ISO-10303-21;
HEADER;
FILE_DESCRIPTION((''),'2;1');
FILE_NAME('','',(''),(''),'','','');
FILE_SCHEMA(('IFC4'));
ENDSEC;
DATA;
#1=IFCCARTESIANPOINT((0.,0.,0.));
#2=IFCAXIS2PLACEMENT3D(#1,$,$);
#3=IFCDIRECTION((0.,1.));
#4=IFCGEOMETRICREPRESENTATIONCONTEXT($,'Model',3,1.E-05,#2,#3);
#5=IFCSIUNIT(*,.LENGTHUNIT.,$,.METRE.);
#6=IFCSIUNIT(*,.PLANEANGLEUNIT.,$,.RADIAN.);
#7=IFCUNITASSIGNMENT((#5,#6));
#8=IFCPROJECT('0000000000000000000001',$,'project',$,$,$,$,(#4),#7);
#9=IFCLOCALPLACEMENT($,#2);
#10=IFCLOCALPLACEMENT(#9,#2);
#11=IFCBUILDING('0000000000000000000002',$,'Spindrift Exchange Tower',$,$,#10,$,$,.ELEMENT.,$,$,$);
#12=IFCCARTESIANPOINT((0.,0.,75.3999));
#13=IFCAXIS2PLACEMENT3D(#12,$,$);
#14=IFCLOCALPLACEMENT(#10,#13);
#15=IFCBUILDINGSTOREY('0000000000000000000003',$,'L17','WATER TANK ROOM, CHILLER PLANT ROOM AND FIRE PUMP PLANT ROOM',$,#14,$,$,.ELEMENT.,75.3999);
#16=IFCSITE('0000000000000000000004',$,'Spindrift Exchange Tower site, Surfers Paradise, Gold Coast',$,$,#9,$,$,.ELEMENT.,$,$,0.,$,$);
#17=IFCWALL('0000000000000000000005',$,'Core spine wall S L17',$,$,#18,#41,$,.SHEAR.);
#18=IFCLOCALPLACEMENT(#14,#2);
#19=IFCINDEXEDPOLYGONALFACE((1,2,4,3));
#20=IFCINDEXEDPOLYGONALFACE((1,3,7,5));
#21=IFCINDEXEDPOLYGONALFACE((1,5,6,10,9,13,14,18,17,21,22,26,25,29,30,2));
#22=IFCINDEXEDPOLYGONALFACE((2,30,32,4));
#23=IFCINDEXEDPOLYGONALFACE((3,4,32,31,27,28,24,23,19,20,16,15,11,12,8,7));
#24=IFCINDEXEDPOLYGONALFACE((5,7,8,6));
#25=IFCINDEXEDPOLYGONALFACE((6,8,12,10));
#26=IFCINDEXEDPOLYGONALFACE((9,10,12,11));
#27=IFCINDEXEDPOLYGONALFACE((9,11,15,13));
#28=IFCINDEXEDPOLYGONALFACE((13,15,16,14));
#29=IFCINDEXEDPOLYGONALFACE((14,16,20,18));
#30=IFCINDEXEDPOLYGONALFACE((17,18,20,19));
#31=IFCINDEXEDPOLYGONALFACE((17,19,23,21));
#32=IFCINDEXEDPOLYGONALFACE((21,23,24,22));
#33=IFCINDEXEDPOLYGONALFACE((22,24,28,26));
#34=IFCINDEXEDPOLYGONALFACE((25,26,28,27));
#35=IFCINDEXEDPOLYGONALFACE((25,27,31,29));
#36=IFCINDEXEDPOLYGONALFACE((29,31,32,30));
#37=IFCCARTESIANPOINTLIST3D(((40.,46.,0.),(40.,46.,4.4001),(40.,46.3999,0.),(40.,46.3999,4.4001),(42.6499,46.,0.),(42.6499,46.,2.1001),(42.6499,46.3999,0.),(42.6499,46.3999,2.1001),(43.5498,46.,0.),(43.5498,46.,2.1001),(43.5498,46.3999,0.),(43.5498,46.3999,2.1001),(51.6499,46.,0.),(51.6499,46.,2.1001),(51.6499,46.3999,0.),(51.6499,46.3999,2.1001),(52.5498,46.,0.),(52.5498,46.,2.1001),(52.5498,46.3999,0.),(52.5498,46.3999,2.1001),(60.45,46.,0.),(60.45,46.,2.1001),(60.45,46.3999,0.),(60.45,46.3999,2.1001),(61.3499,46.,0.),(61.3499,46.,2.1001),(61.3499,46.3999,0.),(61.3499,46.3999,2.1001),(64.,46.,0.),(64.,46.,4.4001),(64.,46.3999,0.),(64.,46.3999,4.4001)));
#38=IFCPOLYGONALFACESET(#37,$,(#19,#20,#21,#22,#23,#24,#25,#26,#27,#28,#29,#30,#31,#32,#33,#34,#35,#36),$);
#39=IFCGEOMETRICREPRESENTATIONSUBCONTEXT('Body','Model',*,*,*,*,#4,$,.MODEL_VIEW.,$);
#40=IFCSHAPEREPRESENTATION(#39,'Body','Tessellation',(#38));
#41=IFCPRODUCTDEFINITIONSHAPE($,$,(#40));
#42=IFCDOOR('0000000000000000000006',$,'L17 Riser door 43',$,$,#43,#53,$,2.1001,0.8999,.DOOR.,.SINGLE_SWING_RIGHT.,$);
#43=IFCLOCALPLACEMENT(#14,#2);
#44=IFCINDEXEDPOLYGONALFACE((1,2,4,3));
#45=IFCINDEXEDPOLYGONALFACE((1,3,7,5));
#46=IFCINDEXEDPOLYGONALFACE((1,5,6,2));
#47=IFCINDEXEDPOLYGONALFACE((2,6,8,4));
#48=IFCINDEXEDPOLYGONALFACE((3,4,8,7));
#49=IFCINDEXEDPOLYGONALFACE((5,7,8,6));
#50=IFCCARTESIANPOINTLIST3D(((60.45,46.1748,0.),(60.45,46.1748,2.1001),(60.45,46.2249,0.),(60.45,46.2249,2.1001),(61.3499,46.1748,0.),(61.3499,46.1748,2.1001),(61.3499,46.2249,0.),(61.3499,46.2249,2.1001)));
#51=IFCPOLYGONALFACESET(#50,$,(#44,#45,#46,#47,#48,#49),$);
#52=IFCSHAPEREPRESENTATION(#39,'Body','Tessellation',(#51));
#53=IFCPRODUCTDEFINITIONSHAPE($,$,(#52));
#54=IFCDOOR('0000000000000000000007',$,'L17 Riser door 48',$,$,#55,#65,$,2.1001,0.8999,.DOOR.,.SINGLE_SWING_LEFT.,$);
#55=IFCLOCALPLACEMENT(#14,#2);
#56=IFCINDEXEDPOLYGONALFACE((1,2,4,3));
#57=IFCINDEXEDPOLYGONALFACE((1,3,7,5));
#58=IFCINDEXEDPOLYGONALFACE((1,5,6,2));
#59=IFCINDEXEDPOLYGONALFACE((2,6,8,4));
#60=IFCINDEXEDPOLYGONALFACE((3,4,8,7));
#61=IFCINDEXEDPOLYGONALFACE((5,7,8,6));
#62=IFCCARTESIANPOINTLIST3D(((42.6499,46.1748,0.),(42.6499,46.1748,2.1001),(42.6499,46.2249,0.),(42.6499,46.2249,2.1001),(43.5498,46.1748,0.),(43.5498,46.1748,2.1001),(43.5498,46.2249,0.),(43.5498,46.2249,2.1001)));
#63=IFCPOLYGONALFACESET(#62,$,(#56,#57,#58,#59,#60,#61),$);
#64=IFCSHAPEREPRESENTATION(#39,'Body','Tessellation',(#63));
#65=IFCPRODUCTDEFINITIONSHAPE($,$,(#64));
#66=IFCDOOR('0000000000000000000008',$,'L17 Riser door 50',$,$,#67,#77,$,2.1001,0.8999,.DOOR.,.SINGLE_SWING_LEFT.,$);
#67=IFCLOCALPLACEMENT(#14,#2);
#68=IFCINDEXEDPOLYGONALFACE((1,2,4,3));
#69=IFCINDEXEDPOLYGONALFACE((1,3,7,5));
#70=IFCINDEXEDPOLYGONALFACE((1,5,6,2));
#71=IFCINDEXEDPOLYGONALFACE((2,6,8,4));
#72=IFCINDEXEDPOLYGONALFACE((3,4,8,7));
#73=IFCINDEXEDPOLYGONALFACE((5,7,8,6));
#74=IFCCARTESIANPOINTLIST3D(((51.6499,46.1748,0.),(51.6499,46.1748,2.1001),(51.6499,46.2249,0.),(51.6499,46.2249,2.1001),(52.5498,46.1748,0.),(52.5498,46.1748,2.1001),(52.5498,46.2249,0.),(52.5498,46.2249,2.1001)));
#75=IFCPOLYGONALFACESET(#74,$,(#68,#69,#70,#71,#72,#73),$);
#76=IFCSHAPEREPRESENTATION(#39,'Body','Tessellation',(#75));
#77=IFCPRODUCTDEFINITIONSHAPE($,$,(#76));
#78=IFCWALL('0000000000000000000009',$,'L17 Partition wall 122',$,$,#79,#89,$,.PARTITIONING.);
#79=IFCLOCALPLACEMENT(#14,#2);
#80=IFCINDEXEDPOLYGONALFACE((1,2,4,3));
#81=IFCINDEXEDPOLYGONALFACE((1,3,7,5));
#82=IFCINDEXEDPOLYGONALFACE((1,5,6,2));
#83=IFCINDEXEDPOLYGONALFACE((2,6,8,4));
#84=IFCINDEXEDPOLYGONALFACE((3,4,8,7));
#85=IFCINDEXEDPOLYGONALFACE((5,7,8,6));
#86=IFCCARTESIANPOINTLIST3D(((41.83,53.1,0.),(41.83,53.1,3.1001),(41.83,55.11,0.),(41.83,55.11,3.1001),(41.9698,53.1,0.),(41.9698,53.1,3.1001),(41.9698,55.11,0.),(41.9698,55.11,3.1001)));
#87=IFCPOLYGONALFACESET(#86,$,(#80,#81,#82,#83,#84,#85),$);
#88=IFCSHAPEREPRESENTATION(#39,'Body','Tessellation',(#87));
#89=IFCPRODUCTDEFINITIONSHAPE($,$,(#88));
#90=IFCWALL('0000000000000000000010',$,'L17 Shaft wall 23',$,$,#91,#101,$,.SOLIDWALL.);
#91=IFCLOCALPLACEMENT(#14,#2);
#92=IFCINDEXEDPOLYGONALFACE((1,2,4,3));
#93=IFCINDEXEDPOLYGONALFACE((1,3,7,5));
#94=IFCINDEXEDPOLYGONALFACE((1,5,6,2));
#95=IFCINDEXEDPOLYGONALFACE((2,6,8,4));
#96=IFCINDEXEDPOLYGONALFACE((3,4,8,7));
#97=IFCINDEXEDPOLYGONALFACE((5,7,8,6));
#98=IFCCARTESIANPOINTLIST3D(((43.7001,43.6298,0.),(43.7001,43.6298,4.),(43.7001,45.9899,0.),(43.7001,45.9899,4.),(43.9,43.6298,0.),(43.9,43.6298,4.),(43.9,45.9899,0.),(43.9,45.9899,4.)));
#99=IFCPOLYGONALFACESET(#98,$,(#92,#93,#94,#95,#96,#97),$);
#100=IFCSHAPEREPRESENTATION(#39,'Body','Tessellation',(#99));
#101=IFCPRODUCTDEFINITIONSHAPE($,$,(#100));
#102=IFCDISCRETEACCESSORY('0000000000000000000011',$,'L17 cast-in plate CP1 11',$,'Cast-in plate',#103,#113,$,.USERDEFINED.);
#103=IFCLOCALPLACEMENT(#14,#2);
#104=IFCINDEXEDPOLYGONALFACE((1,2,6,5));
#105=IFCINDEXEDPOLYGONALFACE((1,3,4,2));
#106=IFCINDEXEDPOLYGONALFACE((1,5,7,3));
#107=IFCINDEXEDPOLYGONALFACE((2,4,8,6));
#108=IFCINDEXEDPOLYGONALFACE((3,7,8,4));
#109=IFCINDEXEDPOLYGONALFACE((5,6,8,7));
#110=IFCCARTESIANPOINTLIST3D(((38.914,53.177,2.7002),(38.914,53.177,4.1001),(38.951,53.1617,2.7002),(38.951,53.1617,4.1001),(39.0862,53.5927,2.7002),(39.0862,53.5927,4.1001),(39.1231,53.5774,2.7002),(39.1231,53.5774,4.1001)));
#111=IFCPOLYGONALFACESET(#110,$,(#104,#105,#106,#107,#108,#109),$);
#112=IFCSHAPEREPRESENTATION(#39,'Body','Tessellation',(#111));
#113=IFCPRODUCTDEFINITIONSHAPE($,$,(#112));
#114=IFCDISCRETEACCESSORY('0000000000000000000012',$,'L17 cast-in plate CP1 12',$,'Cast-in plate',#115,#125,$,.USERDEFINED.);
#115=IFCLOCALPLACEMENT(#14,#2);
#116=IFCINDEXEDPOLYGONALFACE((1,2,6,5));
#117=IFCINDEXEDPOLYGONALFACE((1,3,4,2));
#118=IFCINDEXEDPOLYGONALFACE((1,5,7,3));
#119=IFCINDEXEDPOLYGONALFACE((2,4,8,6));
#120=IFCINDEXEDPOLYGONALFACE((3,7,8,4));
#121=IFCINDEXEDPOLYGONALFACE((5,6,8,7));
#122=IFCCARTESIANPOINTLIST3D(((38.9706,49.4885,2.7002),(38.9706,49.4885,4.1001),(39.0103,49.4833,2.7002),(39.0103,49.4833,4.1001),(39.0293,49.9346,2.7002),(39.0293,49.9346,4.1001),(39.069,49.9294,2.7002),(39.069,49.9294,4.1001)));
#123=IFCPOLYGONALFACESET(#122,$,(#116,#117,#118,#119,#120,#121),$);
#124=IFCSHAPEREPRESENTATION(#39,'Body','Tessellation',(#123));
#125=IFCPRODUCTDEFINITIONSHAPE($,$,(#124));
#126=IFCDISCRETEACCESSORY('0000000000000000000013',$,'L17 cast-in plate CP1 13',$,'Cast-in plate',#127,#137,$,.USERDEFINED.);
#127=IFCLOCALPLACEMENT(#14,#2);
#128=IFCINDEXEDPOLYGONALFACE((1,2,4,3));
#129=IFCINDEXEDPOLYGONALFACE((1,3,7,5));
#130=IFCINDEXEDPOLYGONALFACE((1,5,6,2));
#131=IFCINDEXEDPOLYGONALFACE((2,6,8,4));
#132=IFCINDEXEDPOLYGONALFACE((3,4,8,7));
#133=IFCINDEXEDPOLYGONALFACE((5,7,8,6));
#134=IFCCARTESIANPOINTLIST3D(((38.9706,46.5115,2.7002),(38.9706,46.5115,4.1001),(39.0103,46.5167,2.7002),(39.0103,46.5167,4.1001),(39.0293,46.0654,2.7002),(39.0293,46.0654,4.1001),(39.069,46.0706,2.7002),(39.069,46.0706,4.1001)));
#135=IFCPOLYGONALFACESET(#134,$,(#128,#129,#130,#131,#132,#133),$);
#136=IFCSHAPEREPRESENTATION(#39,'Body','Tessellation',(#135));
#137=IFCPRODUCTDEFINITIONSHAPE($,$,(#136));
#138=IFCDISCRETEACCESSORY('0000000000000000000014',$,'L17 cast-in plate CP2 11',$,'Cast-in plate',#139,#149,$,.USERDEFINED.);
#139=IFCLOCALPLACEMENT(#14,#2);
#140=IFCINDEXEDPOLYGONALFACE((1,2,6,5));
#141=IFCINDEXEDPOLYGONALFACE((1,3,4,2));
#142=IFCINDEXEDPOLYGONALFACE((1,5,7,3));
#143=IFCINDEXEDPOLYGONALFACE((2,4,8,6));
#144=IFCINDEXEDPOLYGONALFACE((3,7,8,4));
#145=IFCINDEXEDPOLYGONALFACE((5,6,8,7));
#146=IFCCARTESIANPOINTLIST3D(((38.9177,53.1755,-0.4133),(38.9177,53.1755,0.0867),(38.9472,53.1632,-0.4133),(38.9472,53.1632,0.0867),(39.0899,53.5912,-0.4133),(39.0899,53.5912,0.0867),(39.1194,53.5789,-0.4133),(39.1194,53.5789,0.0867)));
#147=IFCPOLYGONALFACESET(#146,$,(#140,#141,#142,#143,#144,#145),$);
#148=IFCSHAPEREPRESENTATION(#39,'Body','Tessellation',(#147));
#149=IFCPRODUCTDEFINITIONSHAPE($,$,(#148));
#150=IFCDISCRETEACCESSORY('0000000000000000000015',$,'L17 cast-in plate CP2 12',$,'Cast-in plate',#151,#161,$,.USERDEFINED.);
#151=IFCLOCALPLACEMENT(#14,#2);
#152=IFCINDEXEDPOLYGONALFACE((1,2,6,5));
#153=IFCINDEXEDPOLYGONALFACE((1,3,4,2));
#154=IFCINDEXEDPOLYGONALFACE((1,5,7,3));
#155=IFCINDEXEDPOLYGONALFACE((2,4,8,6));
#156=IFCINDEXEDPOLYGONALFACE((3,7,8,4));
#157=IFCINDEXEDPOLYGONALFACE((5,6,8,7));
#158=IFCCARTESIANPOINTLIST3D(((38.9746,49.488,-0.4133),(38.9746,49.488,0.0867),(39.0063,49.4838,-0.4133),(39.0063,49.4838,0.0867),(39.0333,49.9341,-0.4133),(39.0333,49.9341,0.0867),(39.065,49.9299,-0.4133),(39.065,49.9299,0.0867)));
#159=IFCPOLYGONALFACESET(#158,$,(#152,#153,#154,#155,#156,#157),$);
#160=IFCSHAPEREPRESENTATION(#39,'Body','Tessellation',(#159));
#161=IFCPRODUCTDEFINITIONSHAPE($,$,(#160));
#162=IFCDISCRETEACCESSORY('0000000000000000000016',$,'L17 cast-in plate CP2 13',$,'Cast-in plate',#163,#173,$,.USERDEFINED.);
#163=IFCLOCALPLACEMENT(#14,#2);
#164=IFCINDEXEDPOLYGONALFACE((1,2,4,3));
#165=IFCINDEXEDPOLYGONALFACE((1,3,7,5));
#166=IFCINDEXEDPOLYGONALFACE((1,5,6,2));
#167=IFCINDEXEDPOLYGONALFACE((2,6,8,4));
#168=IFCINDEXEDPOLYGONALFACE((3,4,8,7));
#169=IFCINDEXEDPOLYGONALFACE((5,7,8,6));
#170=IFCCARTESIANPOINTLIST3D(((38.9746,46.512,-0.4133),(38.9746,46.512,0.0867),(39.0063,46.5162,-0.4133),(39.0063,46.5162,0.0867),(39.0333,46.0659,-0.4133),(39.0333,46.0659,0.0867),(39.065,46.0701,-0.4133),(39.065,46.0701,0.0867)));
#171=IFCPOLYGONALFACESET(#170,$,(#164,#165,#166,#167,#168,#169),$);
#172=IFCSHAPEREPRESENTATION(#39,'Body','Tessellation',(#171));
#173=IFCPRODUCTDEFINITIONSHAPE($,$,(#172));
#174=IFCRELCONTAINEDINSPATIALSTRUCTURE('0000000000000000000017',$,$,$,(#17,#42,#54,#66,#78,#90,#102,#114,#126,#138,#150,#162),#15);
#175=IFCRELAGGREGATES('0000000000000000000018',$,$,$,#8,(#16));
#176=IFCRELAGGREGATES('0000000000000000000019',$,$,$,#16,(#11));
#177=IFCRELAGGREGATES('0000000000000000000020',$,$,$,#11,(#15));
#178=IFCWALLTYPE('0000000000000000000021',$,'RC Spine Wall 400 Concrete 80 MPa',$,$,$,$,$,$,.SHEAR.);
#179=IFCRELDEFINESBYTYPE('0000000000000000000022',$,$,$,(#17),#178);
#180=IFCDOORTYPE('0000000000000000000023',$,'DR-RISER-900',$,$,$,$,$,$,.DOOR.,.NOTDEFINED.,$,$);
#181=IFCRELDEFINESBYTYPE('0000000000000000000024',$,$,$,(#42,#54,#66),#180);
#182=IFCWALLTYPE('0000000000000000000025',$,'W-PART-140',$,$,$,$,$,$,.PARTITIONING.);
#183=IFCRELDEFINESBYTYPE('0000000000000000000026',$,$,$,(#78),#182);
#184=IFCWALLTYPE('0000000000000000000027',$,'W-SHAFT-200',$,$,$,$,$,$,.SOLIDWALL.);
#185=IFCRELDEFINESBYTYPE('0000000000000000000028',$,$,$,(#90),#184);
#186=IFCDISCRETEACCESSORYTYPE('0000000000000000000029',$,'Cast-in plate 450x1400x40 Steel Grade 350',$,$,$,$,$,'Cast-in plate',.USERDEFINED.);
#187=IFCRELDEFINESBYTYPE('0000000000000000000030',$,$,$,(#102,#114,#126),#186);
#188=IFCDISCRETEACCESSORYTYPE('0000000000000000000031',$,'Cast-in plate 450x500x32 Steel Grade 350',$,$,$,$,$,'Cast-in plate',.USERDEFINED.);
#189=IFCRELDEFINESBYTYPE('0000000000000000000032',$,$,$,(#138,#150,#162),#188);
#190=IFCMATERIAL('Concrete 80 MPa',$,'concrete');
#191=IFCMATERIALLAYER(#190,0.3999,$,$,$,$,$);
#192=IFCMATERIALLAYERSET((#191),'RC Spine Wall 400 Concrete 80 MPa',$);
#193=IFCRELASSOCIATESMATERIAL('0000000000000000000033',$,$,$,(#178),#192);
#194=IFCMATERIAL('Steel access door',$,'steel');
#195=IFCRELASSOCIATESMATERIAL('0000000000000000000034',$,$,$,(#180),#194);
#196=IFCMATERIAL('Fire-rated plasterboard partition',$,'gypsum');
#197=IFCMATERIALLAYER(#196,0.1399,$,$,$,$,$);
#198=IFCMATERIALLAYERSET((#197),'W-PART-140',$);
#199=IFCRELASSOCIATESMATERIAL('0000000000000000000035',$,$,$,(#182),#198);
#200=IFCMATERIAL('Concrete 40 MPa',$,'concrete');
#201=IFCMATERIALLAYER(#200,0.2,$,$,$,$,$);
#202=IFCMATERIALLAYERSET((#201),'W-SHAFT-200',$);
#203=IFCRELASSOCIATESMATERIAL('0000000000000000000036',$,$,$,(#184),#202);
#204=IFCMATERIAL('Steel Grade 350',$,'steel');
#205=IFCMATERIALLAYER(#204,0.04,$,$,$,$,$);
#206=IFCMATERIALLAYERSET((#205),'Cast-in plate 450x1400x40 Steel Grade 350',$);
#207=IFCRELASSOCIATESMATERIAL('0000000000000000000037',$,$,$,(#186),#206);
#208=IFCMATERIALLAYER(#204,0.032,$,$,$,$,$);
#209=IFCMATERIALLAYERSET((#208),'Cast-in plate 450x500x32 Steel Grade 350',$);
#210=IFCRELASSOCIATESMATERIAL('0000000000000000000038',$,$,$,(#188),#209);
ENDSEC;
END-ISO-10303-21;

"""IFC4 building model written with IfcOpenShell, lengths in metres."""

from ifc_helpers import new_model, si_unit, direction, frame, frame_2d, origin, origin_2d, place, context, subcontext, project, spatial, rectangle, extrude, source, transform, mapped, material, layer, layer_set, type_object, element, fill, save


model = new_model("IFC4")

# Units and contexts
model_context = context("Model", 3, precision=1e-05, world=origin(), true_north=direction((0.0, 1.0)))
body_context = subcontext(model_context, "Body", "Model", "MODEL_VIEW")
ifc_project = project(units=[si_unit("LENGTHUNIT", "METRE"), si_unit("PLANEANGLEUNIT", "RADIAN")], contexts=[model_context])

# Site, building, storey
site_placement = place(None, origin())
site = spatial("IfcSite", under=ifc_project, at=site_placement, Name="Spindrift Exchange Tower site, Surfers Paradise, Gold Coast", CompositionType="ELEMENT", RefElevation=0.0)
building_placement = place(site_placement, origin())
building = spatial("IfcBuilding", under=site, at=building_placement, Name="Spindrift Exchange Tower", CompositionType="ELEMENT")
storey_placement = place(building_placement, frame((0.0, 0.0, 75.3999)))
storey = spatial("IfcBuildingStorey", under=building, at=storey_placement, Name="L17", Description="WATER TANK ROOM, CHILLER PLANT ROOM AND FIRE PUMP PLANT ROOM", CompositionType="ELEMENT", Elevation=75.3999)

# Wall, openings, doors
ifc_material_1 = material(Name="Concrete 80 MPa", Category="concrete")
ifc_layer_1 = layer(ifc_material_1, 0.3999)
ifc_layer_set_1 = layer_set([ifc_layer_1], Name="RC Spine Wall 400 Concrete 80 MPa")
wall_type_1 = type_object("IfcWallType", Name="RC Spine Wall 400 Concrete 80 MPa", PredefinedType="SHEAR", material=ifc_layer_set_1)
ifc_material_2 = material(Name="Steel access door", Category="steel")
door_type_1 = type_object("IfcDoorType", Name="DR-RISER-900", OperationType="NOTDEFINED", PredefinedType="DOOR", material=ifc_material_2)
shared_shape_1 = source(origin(), body_context, "Body", "SweptSolid", [
    extrude(rectangle(XDim=0.8999, YDim=2.1001, at=frame_2d((0.45, 1.05))), frame((0.0, 0.0249, 0.0), z_axis=(0.0, -1.0, 0.0), x_axis=(1.0, 0.0, 0.0)), (0.0, 0.0, 1.0), 0.05),
])
wall_1_placement = place(storey_placement, frame((40.0, 46.2, 0.0), z_axis=(0.0, 0.0, 1.0), x_axis=(1.0, 0.0, 0.0)))
wall_1 = element("IfcWall", 1, at=wall_1_placement, inside=storey, type_object=wall_type_1, Name="Core spine wall S L17", PredefinedType="SHEAR", context=body_context, shape_type="SweptSolid", body=[
    extrude(rectangle(XDim=24.0, YDim=0.3999, at=frame_2d((12.0, 0.0))), origin(), (0.0, 0.0, 1.0), 4.4001),
])
opening_1_placement = place(wall_1_placement, frame((20.45, 0.0, 0.0)))
opening_1 = element("IfcOpeningElement", 2, at=opening_1_placement, cuts=wall_1, PredefinedType="OPENING", context=body_context, shape_type="SweptSolid", body=[
    extrude(rectangle(XDim=0.8999, YDim=2.1001, at=frame_2d((0.45, 1.05))), frame((0.0, 0.21, 0.0), z_axis=(0.0, -1.0, 0.0), x_axis=(1.0, 0.0, 0.0)), (0.0, 0.0, 1.0), 0.4199),
])
opening_2_placement = place(wall_1_placement, frame((2.6499, 0.0, 0.0)))
opening_2 = element("IfcOpeningElement", 3, at=opening_2_placement, cuts=wall_1, PredefinedType="OPENING", context=body_context, shape_type="SweptSolid", body=[
    extrude(rectangle(XDim=0.8999, YDim=2.1001, at=frame_2d((0.45, 1.05))), frame((0.0, 0.21, 0.0), z_axis=(0.0, -1.0, 0.0), x_axis=(1.0, 0.0, 0.0)), (0.0, 0.0, 1.0), 0.4199),
])
opening_3_placement = place(wall_1_placement, frame((11.6499, 0.0, 0.0)))
opening_3 = element("IfcOpeningElement", 4, at=opening_3_placement, cuts=wall_1, PredefinedType="OPENING", context=body_context, shape_type="SweptSolid", body=[
    extrude(rectangle(XDim=0.8999, YDim=2.1001, at=frame_2d((0.45, 1.05))), frame((0.0, 0.21, 0.0), z_axis=(0.0, -1.0, 0.0), x_axis=(1.0, 0.0, 0.0)), (0.0, 0.0, 1.0), 0.4199),
])
door_1_placement = place(opening_1_placement, origin())
door_1 = element("IfcDoor", 5, at=door_1_placement, inside=storey, type_object=door_type_1, Name="L17 Riser door 43", OperationType="SINGLE_SWING_RIGHT", OverallHeight=2.1001, OverallWidth=0.8999, PredefinedType="DOOR", context=body_context, shape_type="MappedRepresentation", body=[
    mapped(shared_shape_1, transform((0.0, 0.0, 0.0), scale=1.0)),
])
fill(opening_1, door_1)
door_2_placement = place(opening_2_placement, origin())
door_2 = element("IfcDoor", 6, at=door_2_placement, inside=storey, type_object=door_type_1, Name="L17 Riser door 48", OperationType="SINGLE_SWING_LEFT", OverallHeight=2.1001, OverallWidth=0.8999, PredefinedType="DOOR", context=body_context, shape_type="MappedRepresentation", body=[
    mapped(shared_shape_1, transform((0.0, 0.0, 0.0), scale=1.0)),
])
fill(opening_2, door_2)
door_3_placement = place(opening_3_placement, origin())
door_3 = element("IfcDoor", 7, at=door_3_placement, inside=storey, type_object=door_type_1, Name="L17 Riser door 50", OperationType="SINGLE_SWING_LEFT", OverallHeight=2.1001, OverallWidth=0.8999, PredefinedType="DOOR", context=body_context, shape_type="MappedRepresentation", body=[
    mapped(shared_shape_1, transform((0.0, 0.0, 0.0), scale=1.0)),
])
fill(opening_3, door_3)

# Walls
ifc_material_3 = material(Name="Fire-rated plasterboard partition", Category="gypsum")
ifc_layer_2 = layer(ifc_material_3, 0.1399)
ifc_layer_set_2 = layer_set([ifc_layer_2], Name="W-PART-140")
wall_type_2 = type_object("IfcWallType", Name="W-PART-140", PredefinedType="PARTITIONING", material=ifc_layer_set_2)
wall_2_placement = place(storey_placement, frame((41.8999, 53.1001, 0.0), z_axis=(0.0, 0.0, 1.0), x_axis=(0.0, 1.0, 0.0)))
element("IfcWall", 8, at=wall_2_placement, inside=storey, type_object=wall_type_2, Name="L17 Partition wall 122", PredefinedType="PARTITIONING", context=body_context, shape_type="SweptSolid", body=[
    extrude(rectangle(XDim=2.01, YDim=0.1399, at=frame_2d((1.0049, 0.0))), origin(), (0.0, 0.0, 1.0), 3.1001),
])
ifc_material_4 = material(Name="Concrete 40 MPa", Category="concrete")
ifc_layer_3 = layer(ifc_material_4, 0.2)
ifc_layer_set_3 = layer_set([ifc_layer_3], Name="W-SHAFT-200")
wall_type_3 = type_object("IfcWallType", Name="W-SHAFT-200", PredefinedType="SOLIDWALL", material=ifc_layer_set_3)
wall_3_placement = place(storey_placement, frame((43.8, 45.99, 0.0), z_axis=(0.0, 0.0, 1.0), x_axis=(0.0, -1.0, 0.0)))
element("IfcWall", 9, at=wall_3_placement, inside=storey, type_object=wall_type_3, Name="L17 Shaft wall 23", PredefinedType="SOLIDWALL", context=body_context, shape_type="SweptSolid", body=[
    extrude(rectangle(XDim=2.3601, YDim=0.2, at=frame_2d((1.1802, 0.0))), origin(), (0.0, 0.0, 1.0), 4.0),
])

# Discrete accessories
ifc_material_5 = material(Name="Steel Grade 350", Category="steel")
ifc_layer_4 = layer(ifc_material_5, 0.04)
ifc_layer_set_4 = layer_set([ifc_layer_4], Name="Cast-in plate 450x1400x40 Steel Grade 350")
discrete_accessory_type_1 = type_object("IfcDiscreteAccessoryType", Name="Cast-in plate 450x1400x40 Steel Grade 350", ElementType="Cast-in plate", PredefinedType="USERDEFINED", material=ifc_layer_set_4)
shared_shape_2 = source(origin(), body_context, "Body", "SweptSolid", [
    extrude(rectangle(XDim=0.04, YDim=0.45, at=origin_2d()), origin(), (0.0, 0.0, 1.0), 1.3999),
])
for number, where, z_axis, x_axis, name in (
    (10, (39.0186, 53.3772, 2.7002), (0.0, 0.0, 1.0), (-0.92388, 0.382683, 0.0), "L17 cast-in plate CP1 11"),
    (11, (39.0198, 49.709, 2.7002), (0.0, 0.0, 1.0), (-0.991445, 0.130526, 0.0), "L17 cast-in plate CP1 12"),
    (12, (39.0198, 46.291, 2.7002), (0.0, 0.0, 1.0), (-0.991445, -0.130526, 0.0), "L17 cast-in plate CP1 13"),
):
    element("IfcDiscreteAccessory", number, at=place(storey_placement, frame(where, z_axis=z_axis, x_axis=x_axis)), inside=storey, type_object=discrete_accessory_type_1, Name=name, ObjectType="Cast-in plate", PredefinedType="USERDEFINED", context=body_context, shape_type="MappedRepresentation", body=[
        mapped(shared_shape_2, transform((0.0, 0.0, 0.0), scale=1.0)),
    ])
ifc_layer_5 = layer(ifc_material_5, 0.032)
ifc_layer_set_5 = layer_set([ifc_layer_5], Name="Cast-in plate 450x500x32 Steel Grade 350")
discrete_accessory_type_2 = type_object("IfcDiscreteAccessoryType", Name="Cast-in plate 450x500x32 Steel Grade 350", ElementType="Cast-in plate", PredefinedType="USERDEFINED", material=ifc_layer_set_5)
shared_shape_3 = source(origin(), body_context, "Body", "SweptSolid", [
    extrude(rectangle(XDim=0.032, YDim=0.45, at=origin_2d()), origin(), (0.0, 0.0, 1.0), 0.5),
])
for number, where, z_axis, x_axis, name in (
    (13, (39.0186, 53.3772, -0.4133), (0.0, 0.0, 1.0), (-0.92388, 0.382683, 0.0), "L17 cast-in plate CP2 11"),
    (14, (39.0198, 49.709, -0.4133), (0.0, 0.0, 1.0), (-0.991445, 0.130526, 0.0), "L17 cast-in plate CP2 12"),
    (15, (39.0198, 46.291, -0.4133), (0.0, 0.0, 1.0), (-0.991445, -0.130526, 0.0), "L17 cast-in plate CP2 13"),
):
    element("IfcDiscreteAccessory", number, at=place(storey_placement, frame(where, z_axis=z_axis, x_axis=x_axis)), inside=storey, type_object=discrete_accessory_type_2, Name=name, ObjectType="Cast-in plate", PredefinedType="USERDEFINED", context=body_context, shape_type="MappedRepresentation", body=[
        mapped(shared_shape_3, transform((0.0, 0.0, 0.0), scale=1.0)),
    ])

save(model, "model.ifc")
